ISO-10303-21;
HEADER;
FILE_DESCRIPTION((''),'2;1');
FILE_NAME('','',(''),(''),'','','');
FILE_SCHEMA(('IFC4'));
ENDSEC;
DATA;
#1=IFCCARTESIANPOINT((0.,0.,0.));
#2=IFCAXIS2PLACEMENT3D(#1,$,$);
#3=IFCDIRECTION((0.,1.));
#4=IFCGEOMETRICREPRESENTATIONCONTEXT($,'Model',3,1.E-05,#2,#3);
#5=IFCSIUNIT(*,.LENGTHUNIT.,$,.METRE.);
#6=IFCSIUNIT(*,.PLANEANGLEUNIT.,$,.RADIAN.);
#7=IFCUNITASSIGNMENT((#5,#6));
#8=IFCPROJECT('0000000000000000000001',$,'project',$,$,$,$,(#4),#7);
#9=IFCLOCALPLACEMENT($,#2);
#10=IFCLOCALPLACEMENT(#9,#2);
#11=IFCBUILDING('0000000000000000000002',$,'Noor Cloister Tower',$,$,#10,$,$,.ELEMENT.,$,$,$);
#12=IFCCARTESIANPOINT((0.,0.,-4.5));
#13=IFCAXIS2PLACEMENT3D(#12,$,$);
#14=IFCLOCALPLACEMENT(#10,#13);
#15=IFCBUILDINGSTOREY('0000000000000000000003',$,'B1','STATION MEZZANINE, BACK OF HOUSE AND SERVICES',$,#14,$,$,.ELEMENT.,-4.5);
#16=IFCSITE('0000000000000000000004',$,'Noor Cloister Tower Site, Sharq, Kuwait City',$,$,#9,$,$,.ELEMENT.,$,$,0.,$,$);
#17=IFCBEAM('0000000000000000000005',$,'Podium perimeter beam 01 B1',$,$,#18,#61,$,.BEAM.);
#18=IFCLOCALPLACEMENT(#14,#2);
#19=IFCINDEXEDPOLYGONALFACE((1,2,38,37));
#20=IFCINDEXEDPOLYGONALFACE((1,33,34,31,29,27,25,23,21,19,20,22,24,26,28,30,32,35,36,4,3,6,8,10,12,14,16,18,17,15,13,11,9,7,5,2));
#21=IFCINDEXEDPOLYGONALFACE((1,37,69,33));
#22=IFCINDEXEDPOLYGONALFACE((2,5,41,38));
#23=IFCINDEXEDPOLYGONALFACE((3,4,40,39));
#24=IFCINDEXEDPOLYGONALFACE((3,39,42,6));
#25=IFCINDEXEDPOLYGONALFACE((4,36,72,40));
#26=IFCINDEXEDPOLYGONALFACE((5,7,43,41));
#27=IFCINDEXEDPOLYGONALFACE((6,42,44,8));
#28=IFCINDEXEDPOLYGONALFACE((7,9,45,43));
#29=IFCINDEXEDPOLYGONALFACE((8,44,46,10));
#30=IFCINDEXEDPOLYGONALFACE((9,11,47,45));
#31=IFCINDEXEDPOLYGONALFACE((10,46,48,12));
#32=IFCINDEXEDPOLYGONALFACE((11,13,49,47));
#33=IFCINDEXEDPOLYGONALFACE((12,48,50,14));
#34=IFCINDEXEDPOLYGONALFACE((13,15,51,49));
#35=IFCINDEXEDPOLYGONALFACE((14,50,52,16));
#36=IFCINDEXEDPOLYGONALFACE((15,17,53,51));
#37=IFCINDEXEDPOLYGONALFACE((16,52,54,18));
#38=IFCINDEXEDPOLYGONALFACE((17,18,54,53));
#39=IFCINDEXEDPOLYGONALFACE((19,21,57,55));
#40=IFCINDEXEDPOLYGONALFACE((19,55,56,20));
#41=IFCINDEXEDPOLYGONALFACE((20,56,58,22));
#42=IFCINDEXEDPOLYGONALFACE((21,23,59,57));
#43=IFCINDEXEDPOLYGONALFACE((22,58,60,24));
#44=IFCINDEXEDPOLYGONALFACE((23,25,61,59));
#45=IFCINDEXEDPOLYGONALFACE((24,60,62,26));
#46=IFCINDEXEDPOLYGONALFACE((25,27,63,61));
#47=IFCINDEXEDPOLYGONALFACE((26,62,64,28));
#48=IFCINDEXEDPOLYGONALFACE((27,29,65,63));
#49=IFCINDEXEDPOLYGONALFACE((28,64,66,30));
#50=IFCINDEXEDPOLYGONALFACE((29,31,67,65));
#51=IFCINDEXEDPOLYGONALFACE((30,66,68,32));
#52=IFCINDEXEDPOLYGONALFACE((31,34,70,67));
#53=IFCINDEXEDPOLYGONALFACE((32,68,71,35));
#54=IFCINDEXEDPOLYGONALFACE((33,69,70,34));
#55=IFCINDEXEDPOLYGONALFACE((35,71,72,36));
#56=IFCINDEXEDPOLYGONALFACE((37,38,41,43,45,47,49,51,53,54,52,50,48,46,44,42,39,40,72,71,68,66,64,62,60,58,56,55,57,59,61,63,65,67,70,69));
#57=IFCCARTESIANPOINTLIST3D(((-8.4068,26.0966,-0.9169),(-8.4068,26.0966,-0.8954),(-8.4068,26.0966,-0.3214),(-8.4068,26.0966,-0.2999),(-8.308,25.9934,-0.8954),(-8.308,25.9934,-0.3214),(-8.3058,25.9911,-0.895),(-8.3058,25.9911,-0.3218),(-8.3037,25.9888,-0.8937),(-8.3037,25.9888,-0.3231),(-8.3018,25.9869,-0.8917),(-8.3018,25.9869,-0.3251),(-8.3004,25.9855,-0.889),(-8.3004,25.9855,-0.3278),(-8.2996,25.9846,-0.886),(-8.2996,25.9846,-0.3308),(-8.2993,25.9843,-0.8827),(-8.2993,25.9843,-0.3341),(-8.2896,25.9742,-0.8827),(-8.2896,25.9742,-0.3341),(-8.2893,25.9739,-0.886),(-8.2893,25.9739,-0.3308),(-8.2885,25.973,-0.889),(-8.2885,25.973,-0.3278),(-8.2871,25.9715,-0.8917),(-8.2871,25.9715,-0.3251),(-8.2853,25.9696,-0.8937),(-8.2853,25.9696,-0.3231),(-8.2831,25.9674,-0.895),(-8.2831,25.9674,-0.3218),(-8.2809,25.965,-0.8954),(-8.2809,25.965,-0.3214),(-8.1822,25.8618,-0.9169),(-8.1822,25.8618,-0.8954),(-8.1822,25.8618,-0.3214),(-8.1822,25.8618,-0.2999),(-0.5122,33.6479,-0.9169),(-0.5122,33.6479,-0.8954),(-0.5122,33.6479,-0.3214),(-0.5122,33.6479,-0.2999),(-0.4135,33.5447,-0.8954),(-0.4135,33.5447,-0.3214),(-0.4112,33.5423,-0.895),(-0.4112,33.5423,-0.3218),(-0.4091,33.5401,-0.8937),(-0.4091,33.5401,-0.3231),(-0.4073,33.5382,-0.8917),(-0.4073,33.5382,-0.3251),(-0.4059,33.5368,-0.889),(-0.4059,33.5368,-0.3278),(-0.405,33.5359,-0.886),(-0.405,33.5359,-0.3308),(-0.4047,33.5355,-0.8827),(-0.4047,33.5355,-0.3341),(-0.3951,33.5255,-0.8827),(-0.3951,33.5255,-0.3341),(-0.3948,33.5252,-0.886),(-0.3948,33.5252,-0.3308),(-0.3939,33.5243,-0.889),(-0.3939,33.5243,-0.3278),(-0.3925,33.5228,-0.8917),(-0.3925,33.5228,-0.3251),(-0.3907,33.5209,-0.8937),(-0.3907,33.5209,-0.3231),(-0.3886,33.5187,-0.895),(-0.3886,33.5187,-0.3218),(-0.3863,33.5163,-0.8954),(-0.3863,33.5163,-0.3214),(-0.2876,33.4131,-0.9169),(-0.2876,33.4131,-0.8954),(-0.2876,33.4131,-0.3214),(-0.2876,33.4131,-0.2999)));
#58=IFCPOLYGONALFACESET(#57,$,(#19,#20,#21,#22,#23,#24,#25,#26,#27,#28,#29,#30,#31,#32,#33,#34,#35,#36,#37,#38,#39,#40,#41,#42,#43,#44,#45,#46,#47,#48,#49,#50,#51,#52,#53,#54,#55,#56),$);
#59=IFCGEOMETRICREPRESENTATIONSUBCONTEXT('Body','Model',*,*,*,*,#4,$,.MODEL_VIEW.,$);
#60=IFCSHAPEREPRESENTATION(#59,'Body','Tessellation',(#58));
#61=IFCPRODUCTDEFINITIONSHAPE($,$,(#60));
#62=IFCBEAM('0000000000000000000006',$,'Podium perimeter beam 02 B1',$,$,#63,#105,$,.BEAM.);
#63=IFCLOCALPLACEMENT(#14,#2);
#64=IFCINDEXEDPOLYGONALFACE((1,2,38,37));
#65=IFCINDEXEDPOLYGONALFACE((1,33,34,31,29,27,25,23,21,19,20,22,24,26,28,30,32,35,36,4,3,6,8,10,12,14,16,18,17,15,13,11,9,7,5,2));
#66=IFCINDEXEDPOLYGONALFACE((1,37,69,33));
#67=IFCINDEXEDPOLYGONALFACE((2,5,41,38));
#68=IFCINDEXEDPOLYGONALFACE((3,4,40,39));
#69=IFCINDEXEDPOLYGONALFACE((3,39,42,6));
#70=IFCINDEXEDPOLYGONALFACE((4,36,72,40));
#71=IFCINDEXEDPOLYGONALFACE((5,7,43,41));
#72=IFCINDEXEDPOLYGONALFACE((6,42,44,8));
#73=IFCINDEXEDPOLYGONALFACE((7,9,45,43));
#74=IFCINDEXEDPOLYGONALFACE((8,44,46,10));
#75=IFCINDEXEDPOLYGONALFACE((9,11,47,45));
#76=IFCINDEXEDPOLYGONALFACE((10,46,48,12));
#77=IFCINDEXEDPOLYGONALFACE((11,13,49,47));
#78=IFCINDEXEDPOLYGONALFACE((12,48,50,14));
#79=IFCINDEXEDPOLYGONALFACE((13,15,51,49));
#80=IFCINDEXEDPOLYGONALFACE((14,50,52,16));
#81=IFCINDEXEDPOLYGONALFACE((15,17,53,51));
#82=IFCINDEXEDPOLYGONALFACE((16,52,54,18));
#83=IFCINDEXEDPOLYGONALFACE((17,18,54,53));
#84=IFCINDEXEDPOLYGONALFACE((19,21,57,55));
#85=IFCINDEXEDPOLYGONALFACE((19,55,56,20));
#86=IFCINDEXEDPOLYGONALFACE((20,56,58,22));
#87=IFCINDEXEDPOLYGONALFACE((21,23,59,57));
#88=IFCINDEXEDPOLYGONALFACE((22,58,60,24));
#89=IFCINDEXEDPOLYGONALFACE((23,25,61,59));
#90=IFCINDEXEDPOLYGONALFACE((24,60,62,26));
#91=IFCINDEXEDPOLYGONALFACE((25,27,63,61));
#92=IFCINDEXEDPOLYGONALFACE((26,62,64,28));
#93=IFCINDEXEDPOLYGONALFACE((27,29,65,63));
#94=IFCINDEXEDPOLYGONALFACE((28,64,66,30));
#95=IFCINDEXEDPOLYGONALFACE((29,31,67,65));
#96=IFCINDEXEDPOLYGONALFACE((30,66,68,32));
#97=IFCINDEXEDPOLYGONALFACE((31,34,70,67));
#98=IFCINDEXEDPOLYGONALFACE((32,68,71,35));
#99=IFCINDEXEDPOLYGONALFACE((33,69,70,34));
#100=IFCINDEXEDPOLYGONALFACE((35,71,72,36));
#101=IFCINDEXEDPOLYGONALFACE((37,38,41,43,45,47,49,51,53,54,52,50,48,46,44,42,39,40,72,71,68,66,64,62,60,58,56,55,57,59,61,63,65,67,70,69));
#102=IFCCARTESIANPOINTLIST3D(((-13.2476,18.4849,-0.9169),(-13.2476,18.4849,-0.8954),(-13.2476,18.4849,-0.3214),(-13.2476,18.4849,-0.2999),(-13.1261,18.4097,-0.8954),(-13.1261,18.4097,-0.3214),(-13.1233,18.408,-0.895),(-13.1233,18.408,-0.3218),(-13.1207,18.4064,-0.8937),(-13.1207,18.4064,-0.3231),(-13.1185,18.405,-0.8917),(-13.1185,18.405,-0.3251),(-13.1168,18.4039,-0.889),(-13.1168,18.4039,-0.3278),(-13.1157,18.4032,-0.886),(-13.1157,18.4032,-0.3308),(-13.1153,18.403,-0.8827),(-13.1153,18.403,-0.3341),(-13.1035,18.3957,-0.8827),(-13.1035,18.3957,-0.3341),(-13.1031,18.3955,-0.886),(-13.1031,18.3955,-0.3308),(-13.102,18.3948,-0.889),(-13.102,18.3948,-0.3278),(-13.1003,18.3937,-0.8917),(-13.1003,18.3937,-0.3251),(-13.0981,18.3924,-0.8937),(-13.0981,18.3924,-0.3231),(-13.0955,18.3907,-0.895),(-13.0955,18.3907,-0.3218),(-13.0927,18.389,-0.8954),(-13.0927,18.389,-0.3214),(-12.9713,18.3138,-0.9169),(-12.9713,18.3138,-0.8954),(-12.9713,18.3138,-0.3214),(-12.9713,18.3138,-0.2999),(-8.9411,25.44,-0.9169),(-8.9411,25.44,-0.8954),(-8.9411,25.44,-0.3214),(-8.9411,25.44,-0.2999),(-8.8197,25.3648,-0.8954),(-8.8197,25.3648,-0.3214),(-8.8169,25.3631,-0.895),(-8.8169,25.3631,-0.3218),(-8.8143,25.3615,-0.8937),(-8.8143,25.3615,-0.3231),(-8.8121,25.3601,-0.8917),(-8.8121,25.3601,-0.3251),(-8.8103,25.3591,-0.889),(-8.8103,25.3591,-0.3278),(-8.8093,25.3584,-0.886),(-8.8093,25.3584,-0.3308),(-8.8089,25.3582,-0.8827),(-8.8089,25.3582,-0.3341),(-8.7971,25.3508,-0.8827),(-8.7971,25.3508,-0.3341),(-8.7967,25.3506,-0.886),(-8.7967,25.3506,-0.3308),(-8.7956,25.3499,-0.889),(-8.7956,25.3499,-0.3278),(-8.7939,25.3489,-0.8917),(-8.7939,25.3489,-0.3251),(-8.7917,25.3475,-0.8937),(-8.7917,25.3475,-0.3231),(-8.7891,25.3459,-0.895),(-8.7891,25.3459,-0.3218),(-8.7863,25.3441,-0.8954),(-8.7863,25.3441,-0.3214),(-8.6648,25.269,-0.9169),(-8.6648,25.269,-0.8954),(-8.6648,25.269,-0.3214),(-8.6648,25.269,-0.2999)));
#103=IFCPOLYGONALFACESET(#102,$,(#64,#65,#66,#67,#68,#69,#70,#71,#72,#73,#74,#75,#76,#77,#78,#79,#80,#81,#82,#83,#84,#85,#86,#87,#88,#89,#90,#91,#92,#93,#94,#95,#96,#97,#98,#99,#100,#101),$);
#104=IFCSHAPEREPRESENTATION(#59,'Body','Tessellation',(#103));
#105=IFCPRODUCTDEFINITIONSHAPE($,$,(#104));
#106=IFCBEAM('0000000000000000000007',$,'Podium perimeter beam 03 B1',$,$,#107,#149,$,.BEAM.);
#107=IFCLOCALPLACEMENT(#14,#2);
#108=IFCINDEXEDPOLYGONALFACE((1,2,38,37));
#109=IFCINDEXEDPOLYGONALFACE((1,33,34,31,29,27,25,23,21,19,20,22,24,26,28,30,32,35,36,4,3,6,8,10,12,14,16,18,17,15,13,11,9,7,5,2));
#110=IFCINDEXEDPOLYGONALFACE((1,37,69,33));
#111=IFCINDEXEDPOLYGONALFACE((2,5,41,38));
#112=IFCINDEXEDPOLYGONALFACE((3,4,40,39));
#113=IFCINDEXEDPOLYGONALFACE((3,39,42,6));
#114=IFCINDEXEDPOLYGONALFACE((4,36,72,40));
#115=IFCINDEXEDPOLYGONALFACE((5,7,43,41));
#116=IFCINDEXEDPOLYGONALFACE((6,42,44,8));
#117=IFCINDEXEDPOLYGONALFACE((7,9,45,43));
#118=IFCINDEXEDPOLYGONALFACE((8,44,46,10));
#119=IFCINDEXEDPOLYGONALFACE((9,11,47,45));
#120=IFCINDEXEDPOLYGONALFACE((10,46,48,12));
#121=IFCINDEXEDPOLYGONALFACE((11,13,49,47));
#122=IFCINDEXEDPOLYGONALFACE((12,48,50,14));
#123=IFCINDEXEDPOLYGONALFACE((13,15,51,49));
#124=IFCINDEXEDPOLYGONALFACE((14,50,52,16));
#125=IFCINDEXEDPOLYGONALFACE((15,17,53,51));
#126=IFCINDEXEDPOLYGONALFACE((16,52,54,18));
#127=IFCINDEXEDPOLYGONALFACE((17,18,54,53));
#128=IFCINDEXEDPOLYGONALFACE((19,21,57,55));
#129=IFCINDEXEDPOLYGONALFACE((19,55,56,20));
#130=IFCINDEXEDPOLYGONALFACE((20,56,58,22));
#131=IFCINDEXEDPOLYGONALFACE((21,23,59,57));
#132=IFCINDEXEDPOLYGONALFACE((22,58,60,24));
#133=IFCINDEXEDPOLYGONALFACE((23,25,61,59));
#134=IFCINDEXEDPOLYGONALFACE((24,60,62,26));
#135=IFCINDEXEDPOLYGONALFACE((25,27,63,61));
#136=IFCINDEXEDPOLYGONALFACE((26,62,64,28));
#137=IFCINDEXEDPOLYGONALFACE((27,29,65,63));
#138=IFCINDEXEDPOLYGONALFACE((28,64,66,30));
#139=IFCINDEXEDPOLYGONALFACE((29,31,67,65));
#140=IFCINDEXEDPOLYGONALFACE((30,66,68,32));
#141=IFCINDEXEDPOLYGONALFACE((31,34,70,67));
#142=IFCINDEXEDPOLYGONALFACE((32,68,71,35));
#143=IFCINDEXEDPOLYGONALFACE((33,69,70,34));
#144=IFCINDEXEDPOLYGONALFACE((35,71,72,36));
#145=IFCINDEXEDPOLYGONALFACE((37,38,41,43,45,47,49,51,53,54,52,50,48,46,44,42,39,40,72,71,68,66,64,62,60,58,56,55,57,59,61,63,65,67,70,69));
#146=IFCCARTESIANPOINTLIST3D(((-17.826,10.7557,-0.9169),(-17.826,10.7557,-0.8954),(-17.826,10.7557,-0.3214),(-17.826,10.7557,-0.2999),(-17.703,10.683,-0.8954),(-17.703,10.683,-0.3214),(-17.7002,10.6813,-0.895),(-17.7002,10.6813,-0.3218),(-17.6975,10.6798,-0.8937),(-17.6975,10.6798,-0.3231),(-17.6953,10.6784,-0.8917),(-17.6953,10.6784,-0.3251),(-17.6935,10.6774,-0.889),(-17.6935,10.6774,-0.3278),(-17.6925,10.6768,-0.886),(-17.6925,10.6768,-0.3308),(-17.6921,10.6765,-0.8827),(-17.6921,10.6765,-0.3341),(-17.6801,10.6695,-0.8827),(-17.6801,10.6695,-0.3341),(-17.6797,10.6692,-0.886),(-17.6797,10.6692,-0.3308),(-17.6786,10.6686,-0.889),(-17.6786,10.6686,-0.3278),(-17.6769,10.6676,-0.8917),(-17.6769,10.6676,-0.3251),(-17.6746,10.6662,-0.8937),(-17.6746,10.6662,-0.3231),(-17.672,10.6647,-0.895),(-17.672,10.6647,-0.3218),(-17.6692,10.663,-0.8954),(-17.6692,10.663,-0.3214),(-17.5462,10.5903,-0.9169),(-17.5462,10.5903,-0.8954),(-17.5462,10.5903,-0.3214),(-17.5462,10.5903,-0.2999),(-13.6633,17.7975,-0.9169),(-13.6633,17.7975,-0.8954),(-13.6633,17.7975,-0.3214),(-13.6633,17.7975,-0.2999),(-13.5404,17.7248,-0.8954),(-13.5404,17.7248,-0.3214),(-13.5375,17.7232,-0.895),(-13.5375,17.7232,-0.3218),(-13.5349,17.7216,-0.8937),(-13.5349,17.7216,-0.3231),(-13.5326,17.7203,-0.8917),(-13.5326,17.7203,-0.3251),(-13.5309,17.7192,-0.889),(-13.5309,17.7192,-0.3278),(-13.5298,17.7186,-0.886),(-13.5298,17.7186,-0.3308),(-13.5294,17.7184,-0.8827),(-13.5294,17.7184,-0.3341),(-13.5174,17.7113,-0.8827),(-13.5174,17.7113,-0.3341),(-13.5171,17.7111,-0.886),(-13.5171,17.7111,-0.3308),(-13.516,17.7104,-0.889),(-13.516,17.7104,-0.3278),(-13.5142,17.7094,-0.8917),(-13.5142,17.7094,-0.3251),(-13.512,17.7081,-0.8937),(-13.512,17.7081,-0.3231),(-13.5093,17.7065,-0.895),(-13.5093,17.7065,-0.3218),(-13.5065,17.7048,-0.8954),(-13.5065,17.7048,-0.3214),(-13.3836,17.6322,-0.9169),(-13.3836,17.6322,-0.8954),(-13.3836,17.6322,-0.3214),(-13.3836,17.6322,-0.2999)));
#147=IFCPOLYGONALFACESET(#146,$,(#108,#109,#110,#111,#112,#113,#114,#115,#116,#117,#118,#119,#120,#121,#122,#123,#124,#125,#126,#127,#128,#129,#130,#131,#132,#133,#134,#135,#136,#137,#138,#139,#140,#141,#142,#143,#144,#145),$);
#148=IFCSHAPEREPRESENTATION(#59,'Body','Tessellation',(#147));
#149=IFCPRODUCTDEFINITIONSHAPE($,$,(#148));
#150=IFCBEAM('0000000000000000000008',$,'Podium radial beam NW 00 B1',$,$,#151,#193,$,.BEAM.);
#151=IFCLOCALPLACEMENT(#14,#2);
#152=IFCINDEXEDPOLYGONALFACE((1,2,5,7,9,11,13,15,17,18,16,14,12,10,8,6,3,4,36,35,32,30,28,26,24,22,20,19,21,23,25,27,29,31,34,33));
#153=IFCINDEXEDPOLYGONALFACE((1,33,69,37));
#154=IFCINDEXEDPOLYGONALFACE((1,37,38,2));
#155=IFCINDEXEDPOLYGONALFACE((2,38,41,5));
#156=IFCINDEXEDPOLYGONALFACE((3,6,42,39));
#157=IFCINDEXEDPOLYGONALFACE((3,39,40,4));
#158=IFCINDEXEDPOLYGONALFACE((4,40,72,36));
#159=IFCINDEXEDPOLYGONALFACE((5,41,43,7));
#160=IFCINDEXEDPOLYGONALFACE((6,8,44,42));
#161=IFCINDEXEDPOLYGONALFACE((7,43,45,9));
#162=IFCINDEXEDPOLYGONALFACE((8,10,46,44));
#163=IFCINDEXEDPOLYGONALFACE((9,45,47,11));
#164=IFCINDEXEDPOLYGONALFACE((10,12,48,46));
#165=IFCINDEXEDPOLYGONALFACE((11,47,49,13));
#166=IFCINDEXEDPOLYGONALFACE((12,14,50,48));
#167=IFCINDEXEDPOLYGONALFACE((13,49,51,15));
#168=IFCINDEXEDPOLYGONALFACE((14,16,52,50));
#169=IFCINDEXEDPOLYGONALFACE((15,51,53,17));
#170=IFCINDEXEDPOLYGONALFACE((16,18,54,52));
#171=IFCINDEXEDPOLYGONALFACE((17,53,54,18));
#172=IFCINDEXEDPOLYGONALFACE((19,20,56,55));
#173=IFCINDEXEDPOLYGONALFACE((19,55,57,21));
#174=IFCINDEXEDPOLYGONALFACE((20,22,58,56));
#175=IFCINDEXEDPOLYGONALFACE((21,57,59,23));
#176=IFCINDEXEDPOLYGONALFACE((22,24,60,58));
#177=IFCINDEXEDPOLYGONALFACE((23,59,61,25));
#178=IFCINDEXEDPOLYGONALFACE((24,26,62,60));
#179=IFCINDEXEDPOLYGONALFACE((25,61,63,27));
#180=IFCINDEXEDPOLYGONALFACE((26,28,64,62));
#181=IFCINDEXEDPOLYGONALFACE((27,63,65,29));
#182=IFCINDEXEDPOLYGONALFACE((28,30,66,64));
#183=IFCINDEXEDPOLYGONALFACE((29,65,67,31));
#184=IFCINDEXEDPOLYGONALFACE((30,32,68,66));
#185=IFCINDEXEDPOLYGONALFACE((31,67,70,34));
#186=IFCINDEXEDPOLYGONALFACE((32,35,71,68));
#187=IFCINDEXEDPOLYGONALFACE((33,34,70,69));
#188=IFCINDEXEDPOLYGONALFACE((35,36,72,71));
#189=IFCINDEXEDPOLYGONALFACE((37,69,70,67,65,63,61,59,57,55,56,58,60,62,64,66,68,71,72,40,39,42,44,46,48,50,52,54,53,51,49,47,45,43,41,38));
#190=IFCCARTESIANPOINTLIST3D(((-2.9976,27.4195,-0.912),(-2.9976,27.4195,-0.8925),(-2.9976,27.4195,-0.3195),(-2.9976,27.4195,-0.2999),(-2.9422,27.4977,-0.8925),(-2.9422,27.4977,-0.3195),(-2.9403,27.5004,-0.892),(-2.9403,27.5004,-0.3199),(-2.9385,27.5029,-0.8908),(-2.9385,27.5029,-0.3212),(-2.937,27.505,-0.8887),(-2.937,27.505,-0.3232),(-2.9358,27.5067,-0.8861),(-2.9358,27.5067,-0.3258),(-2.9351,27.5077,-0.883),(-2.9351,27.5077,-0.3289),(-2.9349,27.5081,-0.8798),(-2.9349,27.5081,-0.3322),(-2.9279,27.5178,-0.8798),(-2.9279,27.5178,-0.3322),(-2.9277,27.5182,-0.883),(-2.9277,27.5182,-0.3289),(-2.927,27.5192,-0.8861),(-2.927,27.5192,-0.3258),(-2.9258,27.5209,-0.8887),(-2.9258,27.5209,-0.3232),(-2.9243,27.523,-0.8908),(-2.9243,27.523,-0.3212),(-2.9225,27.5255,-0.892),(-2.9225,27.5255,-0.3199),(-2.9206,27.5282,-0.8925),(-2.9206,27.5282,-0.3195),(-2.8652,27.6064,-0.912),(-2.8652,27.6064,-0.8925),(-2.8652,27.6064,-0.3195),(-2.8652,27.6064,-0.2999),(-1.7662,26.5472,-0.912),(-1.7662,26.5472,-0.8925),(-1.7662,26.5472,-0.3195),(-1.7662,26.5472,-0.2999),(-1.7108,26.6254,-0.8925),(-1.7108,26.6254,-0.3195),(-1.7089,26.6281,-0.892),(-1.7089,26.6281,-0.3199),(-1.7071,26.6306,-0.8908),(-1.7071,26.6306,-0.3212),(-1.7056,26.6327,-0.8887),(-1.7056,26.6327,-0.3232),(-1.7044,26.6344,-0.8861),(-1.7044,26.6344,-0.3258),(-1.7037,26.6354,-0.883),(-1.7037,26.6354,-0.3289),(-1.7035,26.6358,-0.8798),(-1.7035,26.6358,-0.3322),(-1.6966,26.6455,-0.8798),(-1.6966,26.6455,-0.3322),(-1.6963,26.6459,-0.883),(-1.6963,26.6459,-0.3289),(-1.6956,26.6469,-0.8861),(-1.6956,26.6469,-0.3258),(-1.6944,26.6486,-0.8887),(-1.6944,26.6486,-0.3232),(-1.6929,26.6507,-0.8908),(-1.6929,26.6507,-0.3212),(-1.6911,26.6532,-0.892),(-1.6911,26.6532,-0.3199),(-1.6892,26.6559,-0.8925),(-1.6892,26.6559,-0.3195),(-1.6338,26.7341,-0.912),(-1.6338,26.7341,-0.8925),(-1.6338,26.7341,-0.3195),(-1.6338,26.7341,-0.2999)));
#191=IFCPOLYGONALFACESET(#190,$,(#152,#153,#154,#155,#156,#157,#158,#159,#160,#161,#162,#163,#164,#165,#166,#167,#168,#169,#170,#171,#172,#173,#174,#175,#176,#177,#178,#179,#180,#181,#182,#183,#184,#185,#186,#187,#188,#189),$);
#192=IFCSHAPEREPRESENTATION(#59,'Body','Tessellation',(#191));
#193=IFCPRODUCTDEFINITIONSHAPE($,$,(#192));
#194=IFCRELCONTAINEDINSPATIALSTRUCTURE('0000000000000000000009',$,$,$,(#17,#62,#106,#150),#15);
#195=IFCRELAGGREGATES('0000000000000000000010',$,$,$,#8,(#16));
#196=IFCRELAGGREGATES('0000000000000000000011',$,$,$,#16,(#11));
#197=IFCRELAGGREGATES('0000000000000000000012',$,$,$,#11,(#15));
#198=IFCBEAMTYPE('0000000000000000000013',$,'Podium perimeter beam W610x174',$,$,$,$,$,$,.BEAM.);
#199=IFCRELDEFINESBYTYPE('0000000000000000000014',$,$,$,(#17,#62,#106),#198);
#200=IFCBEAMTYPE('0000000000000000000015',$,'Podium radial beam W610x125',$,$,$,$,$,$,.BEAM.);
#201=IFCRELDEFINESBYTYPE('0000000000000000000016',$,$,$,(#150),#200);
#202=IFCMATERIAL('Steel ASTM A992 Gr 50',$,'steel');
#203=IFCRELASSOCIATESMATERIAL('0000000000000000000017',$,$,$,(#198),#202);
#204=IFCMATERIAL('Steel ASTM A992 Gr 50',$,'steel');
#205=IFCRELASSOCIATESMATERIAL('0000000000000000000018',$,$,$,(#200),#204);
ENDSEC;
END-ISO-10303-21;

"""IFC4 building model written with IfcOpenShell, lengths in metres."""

from ifc_helpers import new_model, si_unit, direction, frame, origin, origin_2d, place, context, subcontext, project, spatial, i_section, extrude, material, material_profile, profile_set, type_object, element, save


model = new_model("IFC4")

# Units and contexts
model_context = context("Model", 3, precision=1e-05, world=origin(), true_north=direction((0.0, 1.0)))
body_context = subcontext(model_context, "Body", "Model", "MODEL_VIEW")
ifc_project = project(units=[si_unit("LENGTHUNIT", "METRE"), si_unit("PLANEANGLEUNIT", "RADIAN")], contexts=[model_context])

# Site, building, storey
site_placement = place(None, origin())
site = spatial("IfcSite", under=ifc_project, at=site_placement, Name="Noor Cloister Tower Site, Sharq, Kuwait City", CompositionType="ELEMENT", RefElevation=0.0)
building_placement = place(site_placement, origin())
building = spatial("IfcBuilding", under=site, at=building_placement, Name="Noor Cloister Tower", CompositionType="ELEMENT")
storey_placement = place(building_placement, frame((0.0, 0.0, -4.5)))
storey = spatial("IfcBuildingStorey", under=building, at=storey_placement, Name="B1", Description="STATION MEZZANINE, BACK OF HOUSE AND SERVICES", CompositionType="ELEMENT", Elevation=-4.5)

# Beams
ifc_material_1 = material(Name="Steel ASTM A992 Gr 50", Category="steel")
ifc_material_profile_1 = material_profile(ifc_material_1, i_section(OverallWidth=0.325, OverallDepth=0.6169, WebThickness=0.0139, FlangeThickness=0.0215, FilletRadius=0.0127, at=origin_2d()), Name="W610x174")
ifc_profile_set_1 = profile_set([ifc_material_profile_1], Name="Steel ASTM A992 Gr 50")
beam_type_1 = type_object("IfcBeamType", Name="Podium perimeter beam W610x174", PredefinedType="BEAM", material=ifc_profile_set_1)
beam_1_placement = place(storey_placement, frame((-0.3999, 33.5305, -0.6084), z_axis=(-0.722643, -0.691222, 0.0), x_axis=(0.691222, -0.722643, 0.0)))
element("IfcBeam", 1, at=beam_1_placement, inside=storey, type_object=beam_type_1, Name="Podium perimeter beam 01 B1", PredefinedType="BEAM", context=body_context, shape_type="SweptSolid", body=[
    extrude(i_section(OverallWidth=0.325, OverallDepth=0.6169, WebThickness=0.0139, FlangeThickness=0.0215, FilletRadius=0.0127, at=origin_2d()), origin(), (0.0, 0.0, 1.0), 10.9246),
])
beam_2_placement = place(storey_placement, frame((-8.803, 25.3545, -0.6084), z_axis=(-0.526432, -0.850217, 0.0), x_axis=(0.850217, -0.526432, 0.0)))
element("IfcBeam", 2, at=beam_2_placement, inside=storey, type_object=beam_type_1, Name="Podium perimeter beam 02 B1", PredefinedType="BEAM", context=body_context, shape_type="SweptSolid", body=[
    extrude(i_section(OverallWidth=0.325, OverallDepth=0.6169, WebThickness=0.0139, FlangeThickness=0.0215, FilletRadius=0.0127, at=origin_2d()), origin(), (0.0, 0.0, 1.0), 8.1804),
])
beam_3_placement = place(storey_placement, frame((-13.5234, 17.7148, -0.6084), z_axis=(-0.508871, -0.860843, 0.0), x_axis=(0.860843, -0.508871, 0.0)))
element("IfcBeam", 3, at=beam_3_placement, inside=storey, type_object=beam_type_1, Name="Podium perimeter beam 03 B1", PredefinedType="BEAM", context=body_context, shape_type="SweptSolid", body=[
    extrude(i_section(OverallWidth=0.325, OverallDepth=0.6169, WebThickness=0.0139, FlangeThickness=0.0215, FilletRadius=0.0127, at=origin_2d()), origin(), (0.0, 0.0, 1.0), 8.1802),
])
ifc_material_2 = material(Name="Steel ASTM A992 Gr 50", Category="steel")
ifc_material_profile_2 = material_profile(ifc_material_2, i_section(OverallWidth=0.229, OverallDepth=0.6121, WebThickness=0.012, FlangeThickness=0.0195, FilletRadius=0.0127, at=origin_2d()), Name="W610x125")
ifc_profile_set_2 = profile_set([ifc_material_profile_2], Name="Steel ASTM A992 Gr 50")
beam_type_2 = type_object("IfcBeamType", Name="Podium radial beam W610x125", PredefinedType="BEAM", material=ifc_profile_set_2)
beam_4_placement = place(storey_placement, frame((-2.9314, 27.5129, -0.606), z_axis=(0.816012, -0.578035, 0.0), x_axis=(0.578035, 0.816012, 0.0)))
element("IfcBeam", 4, at=beam_4_placement, inside=storey, type_object=beam_type_2, Name="Podium radial beam NW 00 B1", PredefinedType="BEAM", context=body_context, shape_type="SweptSolid", body=[
    extrude(i_section(OverallWidth=0.229, OverallDepth=0.6121, WebThickness=0.012, FlangeThickness=0.0195, FilletRadius=0.0127, at=origin_2d()), origin(), (0.0, 0.0, 1.0), 1.509),
])

save(model, "model.ifc")
